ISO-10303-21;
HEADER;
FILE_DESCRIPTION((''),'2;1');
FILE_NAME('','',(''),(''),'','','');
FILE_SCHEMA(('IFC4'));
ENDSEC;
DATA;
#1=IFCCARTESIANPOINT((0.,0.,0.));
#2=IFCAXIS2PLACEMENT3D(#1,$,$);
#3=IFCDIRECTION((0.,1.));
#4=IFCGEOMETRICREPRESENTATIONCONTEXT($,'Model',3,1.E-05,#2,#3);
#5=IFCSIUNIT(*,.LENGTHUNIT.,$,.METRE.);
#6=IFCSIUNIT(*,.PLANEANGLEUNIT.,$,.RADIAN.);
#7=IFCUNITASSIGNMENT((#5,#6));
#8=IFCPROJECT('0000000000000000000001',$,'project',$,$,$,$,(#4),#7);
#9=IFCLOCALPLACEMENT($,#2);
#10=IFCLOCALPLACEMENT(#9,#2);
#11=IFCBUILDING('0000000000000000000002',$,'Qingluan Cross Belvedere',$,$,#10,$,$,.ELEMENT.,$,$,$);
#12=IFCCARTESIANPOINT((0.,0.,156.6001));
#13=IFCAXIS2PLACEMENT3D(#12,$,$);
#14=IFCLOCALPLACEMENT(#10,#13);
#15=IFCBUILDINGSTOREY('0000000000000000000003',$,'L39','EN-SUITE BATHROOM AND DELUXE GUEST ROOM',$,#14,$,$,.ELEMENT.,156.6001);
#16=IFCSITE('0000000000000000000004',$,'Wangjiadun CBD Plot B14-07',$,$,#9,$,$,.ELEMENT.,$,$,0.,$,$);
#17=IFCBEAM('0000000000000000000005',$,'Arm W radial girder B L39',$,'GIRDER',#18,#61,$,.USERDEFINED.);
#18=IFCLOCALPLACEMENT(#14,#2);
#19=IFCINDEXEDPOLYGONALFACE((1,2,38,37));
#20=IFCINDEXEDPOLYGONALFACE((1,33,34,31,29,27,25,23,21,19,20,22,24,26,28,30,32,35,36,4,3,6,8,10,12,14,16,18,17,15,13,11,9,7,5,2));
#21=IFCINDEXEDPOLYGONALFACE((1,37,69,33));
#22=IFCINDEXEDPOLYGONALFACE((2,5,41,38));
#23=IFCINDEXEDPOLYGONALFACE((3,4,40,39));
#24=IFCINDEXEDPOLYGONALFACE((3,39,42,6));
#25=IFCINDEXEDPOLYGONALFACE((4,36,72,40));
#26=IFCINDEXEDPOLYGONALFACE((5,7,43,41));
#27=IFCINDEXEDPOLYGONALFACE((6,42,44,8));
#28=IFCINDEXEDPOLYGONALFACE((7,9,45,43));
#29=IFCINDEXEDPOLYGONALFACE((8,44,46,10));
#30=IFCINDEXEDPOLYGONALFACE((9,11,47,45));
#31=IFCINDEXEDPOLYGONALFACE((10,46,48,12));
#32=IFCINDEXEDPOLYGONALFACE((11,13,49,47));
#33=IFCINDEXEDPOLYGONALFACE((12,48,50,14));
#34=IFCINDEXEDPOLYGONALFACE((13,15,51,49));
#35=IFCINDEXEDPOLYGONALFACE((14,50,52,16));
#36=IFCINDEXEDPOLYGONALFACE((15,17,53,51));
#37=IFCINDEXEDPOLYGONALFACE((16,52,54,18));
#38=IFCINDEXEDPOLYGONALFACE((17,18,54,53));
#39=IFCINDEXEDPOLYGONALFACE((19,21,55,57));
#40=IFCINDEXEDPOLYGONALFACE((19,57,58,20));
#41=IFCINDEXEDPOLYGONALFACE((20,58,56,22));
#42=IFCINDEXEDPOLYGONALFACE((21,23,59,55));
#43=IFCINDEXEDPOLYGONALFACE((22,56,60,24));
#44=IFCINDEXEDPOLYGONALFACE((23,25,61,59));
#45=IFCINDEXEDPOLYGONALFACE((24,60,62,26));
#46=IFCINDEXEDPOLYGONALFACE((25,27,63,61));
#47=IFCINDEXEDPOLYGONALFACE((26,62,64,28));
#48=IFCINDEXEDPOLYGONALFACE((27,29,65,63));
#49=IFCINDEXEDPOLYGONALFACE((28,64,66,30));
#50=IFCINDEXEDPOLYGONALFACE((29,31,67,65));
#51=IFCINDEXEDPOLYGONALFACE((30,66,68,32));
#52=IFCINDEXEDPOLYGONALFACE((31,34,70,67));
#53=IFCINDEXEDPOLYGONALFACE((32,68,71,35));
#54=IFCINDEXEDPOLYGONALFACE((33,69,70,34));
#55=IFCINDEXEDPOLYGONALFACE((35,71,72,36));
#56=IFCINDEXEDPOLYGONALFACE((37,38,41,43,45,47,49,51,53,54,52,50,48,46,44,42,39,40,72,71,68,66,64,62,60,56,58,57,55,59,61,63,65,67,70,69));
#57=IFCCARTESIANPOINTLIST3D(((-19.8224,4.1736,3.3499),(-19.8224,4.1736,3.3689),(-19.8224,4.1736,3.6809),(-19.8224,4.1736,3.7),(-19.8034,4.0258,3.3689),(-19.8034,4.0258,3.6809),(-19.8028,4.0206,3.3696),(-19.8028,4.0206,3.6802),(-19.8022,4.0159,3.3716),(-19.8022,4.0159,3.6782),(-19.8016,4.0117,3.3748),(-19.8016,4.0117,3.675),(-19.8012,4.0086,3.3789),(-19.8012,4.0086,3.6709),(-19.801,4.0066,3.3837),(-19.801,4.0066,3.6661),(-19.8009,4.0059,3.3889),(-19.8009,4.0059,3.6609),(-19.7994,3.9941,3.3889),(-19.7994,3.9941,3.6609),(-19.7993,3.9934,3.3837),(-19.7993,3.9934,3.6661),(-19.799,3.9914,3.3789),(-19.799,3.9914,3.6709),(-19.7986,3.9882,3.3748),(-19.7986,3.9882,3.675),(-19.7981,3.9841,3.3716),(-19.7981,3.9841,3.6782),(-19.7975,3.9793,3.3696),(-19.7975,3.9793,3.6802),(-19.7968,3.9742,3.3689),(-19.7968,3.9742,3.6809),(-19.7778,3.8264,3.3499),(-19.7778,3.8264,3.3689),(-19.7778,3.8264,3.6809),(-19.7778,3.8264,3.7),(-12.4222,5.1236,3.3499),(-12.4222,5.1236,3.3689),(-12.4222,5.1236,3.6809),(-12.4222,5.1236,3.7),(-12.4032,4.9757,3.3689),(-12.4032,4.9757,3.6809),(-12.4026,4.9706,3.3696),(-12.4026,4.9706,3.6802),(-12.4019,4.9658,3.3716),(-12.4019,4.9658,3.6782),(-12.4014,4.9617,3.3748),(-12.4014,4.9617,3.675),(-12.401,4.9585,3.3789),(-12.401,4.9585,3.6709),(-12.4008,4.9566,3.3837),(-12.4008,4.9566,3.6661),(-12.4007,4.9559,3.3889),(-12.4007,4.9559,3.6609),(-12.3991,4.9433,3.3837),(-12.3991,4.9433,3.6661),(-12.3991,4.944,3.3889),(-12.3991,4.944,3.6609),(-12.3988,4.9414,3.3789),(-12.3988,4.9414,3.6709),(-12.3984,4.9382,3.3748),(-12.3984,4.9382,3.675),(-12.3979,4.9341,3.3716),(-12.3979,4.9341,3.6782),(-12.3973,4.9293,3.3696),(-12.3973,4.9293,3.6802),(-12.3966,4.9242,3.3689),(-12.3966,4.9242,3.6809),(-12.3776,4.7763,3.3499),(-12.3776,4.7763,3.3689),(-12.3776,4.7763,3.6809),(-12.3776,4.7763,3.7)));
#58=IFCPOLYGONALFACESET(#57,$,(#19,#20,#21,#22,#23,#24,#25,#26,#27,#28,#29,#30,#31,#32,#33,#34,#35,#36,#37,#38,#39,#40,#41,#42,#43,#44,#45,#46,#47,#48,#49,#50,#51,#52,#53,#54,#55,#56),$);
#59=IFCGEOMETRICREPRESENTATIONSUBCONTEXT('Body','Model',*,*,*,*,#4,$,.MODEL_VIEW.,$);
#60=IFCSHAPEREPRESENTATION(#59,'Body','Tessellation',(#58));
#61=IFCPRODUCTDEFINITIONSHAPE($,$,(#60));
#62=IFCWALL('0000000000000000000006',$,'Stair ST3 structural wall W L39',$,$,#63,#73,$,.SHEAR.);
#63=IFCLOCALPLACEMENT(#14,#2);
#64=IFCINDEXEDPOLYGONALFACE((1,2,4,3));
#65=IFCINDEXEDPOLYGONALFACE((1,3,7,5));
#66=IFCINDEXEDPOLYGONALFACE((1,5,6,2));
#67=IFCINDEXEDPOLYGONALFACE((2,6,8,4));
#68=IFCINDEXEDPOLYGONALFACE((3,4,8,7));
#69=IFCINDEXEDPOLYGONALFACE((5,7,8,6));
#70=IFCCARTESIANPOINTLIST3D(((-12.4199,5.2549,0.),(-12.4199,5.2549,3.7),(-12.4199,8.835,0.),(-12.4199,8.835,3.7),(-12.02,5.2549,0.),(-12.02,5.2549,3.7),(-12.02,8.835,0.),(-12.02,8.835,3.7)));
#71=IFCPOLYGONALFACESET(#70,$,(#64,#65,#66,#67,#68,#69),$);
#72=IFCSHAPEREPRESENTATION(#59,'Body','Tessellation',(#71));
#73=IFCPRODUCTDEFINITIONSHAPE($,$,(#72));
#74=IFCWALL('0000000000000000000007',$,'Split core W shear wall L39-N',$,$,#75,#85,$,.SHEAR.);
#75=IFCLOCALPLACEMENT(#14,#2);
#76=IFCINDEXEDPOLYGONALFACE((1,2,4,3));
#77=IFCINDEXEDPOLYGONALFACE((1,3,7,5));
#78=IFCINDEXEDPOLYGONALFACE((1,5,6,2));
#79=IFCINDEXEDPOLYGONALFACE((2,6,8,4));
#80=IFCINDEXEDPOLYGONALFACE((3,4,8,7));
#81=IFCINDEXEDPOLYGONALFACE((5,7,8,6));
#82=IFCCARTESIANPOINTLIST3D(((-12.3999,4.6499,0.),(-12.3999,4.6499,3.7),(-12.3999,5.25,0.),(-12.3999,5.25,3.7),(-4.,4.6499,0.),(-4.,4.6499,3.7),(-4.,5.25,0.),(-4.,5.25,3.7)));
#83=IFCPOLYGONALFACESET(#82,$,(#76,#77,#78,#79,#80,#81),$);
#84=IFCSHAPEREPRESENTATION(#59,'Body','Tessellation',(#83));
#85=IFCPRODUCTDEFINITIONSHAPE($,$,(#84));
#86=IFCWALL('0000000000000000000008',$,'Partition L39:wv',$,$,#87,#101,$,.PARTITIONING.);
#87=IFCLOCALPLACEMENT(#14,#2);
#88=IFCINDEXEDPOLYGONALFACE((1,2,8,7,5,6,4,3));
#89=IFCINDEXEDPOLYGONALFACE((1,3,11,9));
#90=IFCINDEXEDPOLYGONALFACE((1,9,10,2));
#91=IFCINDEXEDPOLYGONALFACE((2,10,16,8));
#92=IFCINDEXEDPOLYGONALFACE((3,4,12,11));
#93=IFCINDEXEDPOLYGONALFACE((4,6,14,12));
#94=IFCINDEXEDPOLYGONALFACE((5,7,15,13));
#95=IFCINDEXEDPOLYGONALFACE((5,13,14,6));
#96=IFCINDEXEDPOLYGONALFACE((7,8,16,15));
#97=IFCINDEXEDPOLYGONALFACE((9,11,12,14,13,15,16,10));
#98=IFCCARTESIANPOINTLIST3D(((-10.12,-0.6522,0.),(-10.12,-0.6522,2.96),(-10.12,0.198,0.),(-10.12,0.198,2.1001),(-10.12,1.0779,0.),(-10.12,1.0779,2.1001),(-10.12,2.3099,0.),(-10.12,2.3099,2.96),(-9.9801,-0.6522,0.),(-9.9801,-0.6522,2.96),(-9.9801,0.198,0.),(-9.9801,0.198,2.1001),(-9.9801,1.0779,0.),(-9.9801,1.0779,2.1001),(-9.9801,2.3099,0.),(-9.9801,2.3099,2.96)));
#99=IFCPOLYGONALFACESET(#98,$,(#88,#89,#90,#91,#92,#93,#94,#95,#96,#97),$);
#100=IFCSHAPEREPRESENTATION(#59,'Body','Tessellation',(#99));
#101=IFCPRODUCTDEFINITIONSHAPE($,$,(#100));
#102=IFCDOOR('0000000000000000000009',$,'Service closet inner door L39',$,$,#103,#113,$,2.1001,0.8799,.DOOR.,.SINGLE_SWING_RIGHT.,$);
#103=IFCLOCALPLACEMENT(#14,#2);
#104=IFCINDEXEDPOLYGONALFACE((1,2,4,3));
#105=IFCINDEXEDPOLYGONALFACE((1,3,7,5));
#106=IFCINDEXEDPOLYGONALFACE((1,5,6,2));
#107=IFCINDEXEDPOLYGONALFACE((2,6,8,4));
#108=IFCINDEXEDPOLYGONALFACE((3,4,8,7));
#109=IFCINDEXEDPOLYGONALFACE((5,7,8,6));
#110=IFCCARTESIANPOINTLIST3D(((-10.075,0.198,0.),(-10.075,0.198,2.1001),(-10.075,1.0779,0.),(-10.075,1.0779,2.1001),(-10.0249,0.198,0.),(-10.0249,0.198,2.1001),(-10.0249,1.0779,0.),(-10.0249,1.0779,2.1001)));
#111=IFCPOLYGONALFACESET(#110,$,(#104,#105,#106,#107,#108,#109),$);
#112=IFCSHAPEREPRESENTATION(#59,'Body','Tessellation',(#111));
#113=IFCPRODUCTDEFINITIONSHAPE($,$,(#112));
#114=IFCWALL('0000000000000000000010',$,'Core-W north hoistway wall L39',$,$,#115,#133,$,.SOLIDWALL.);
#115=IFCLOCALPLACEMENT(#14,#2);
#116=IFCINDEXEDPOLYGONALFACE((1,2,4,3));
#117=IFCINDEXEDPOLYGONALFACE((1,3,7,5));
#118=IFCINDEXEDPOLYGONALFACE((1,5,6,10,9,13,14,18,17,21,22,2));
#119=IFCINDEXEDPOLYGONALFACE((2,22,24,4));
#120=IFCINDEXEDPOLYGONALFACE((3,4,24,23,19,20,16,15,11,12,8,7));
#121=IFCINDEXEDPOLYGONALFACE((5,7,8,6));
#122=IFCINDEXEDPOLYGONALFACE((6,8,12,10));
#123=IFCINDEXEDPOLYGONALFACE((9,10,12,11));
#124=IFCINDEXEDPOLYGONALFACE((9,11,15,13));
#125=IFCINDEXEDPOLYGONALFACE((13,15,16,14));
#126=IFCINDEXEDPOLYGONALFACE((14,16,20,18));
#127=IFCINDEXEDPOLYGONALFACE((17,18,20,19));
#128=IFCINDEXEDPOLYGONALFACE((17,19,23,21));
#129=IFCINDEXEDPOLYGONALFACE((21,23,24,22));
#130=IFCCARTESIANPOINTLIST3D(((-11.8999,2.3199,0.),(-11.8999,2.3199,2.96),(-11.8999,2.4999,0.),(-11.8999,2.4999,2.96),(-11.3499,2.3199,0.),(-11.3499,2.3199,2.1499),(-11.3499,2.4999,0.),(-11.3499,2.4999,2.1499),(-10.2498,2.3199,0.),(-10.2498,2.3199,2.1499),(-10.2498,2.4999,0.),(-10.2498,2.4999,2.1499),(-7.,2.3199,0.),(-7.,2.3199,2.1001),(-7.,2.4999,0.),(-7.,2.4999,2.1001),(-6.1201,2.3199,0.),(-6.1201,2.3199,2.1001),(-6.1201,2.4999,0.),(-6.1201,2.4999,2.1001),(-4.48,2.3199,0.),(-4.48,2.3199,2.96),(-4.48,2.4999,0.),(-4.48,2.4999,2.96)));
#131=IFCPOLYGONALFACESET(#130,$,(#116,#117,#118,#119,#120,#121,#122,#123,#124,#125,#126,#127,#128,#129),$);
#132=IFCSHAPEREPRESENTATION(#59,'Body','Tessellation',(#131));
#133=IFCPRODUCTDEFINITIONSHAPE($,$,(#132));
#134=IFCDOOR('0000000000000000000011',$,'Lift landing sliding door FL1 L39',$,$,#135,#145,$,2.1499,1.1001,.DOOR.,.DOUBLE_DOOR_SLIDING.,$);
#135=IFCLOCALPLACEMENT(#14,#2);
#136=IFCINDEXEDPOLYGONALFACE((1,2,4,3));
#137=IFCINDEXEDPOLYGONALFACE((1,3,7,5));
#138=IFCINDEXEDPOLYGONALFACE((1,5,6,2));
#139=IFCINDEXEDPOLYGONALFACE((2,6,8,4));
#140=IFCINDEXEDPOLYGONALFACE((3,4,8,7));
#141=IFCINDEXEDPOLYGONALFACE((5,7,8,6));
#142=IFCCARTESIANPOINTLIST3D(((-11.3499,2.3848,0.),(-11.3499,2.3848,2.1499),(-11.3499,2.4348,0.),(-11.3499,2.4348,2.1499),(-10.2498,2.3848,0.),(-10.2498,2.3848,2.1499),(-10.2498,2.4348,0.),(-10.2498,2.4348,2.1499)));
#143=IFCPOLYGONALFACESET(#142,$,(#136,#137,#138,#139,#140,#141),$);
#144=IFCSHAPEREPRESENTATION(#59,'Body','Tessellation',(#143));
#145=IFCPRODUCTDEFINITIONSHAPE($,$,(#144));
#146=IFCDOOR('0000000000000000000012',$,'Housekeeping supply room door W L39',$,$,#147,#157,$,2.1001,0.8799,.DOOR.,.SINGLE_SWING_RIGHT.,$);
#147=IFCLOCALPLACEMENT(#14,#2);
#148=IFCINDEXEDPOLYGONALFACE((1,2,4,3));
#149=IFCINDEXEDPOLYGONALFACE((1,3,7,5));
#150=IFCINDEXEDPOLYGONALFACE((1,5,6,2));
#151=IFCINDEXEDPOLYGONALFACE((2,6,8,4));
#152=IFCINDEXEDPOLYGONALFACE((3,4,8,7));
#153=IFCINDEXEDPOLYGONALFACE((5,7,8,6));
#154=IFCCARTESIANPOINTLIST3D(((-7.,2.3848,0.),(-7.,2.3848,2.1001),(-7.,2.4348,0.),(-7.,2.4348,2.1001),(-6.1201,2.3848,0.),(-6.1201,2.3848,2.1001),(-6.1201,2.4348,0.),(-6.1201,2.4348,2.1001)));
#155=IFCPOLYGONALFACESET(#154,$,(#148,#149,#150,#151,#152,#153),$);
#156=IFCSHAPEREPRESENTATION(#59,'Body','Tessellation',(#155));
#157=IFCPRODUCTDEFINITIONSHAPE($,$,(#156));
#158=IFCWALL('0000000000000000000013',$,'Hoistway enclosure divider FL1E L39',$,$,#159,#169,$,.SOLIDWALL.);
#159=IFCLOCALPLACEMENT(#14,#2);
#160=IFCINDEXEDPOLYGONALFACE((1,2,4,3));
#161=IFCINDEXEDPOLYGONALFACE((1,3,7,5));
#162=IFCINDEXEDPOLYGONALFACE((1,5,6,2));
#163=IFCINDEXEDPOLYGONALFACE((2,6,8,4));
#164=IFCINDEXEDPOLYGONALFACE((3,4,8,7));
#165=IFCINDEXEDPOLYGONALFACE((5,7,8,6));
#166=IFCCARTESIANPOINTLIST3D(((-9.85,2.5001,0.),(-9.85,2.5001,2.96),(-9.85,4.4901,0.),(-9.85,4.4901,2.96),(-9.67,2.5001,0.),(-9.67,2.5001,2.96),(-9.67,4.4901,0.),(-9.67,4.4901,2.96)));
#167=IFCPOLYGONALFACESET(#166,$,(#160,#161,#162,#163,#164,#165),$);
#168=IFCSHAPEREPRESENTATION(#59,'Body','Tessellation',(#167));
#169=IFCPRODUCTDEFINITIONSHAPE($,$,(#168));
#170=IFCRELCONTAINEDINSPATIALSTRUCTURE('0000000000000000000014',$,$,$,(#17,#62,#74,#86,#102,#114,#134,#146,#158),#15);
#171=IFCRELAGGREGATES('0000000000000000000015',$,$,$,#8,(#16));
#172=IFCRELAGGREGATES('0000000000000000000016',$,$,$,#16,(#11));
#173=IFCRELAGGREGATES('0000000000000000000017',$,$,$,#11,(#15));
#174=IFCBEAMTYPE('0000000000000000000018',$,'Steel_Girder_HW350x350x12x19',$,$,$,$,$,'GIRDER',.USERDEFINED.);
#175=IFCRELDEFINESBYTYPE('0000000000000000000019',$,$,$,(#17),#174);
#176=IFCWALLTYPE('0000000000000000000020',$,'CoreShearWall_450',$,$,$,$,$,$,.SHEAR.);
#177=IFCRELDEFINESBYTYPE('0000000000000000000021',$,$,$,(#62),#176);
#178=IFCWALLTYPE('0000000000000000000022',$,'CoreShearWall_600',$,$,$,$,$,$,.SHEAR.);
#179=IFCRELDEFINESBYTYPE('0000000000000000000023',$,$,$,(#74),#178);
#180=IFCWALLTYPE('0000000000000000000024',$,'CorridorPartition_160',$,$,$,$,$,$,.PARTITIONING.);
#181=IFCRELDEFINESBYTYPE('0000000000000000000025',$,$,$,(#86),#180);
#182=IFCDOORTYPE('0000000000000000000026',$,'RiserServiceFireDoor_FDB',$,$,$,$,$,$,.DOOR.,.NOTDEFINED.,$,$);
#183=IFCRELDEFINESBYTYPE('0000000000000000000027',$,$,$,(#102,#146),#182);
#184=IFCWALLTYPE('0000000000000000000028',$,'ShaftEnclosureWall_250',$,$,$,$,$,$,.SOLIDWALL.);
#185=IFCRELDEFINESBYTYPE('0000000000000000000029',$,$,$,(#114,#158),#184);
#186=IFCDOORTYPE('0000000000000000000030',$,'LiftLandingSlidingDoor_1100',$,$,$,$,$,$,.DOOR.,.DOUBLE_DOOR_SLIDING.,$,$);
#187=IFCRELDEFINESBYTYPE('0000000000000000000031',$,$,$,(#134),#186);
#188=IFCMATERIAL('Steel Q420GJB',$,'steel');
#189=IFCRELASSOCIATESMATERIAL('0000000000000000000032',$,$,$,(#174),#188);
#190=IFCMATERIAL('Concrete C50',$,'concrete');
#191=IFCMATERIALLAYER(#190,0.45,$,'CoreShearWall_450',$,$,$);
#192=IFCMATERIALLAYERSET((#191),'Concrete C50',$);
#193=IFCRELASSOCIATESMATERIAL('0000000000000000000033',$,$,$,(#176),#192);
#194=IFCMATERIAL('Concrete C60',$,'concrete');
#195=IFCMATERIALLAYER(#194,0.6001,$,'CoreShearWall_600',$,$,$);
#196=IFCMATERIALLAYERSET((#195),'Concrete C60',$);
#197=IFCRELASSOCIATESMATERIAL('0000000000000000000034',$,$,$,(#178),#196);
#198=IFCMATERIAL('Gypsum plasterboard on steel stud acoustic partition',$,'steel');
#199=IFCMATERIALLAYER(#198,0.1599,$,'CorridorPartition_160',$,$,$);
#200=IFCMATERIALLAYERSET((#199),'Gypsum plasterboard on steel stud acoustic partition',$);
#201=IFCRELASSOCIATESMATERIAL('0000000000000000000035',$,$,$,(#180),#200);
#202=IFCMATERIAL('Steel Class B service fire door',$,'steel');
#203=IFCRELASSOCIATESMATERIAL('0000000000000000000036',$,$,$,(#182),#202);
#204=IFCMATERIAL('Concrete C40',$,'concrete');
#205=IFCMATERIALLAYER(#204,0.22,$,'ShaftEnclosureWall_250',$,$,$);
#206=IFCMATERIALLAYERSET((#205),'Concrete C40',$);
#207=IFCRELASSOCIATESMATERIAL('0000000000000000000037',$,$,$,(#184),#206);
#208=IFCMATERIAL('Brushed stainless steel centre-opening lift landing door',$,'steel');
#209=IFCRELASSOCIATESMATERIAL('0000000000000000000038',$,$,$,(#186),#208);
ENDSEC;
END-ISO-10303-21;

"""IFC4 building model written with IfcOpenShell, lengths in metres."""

from ifc_helpers import new_model, si_unit, direction, frame, frame_2d, origin, origin_2d, place, context, subcontext, project, spatial, rectangle, i_section, extrude, material, layer, layer_set, material_profile, profile_set, type_object, element, fill, save


model = new_model("IFC4")

# Units and contexts
model_context = context("Model", 3, precision=1e-05, world=origin(), true_north=direction((0.0, 1.0)))
body_context = subcontext(model_context, "Body", "Model", "MODEL_VIEW")
ifc_project = project(units=[si_unit("LENGTHUNIT", "METRE"), si_unit("PLANEANGLEUNIT", "RADIAN")], contexts=[model_context])

# Site, building, storey
site_placement = place(None, origin())
site = spatial("IfcSite", under=ifc_project, at=site_placement, Name="Wangjiadun CBD Plot B14-07", CompositionType="ELEMENT", RefElevation=0.0)
building_placement = place(site_placement, origin())
building = spatial("IfcBuilding", under=site, at=building_placement, Name="Qingluan Cross Belvedere", CompositionType="ELEMENT")
storey_placement = place(building_placement, frame((0.0, 0.0, 156.6001)))
storey = spatial("IfcBuildingStorey", under=building, at=storey_placement, Name="L39", Description="EN-SUITE BATHROOM AND DELUXE GUEST ROOM", CompositionType="ELEMENT", Elevation=156.6001)

# Beam
ifc_material_1 = material(Name="Steel Q420GJB", Category="steel")
ifc_material_profile_1 = material_profile(ifc_material_1, i_section(OverallWidth=0.3501, OverallDepth=0.3501, WebThickness=0.012, FlangeThickness=0.019, FilletRadius=0.02, at=origin_2d()), Name="HW350x350x12x19")
ifc_profile_set_1 = profile_set([ifc_material_profile_1], Name="Steel Q420GJB")
beam_type_1 = type_object("IfcBeamType", Name="Steel_Girder_HW350x350x12x19", ElementType="GIRDER", PredefinedType="USERDEFINED", material=ifc_profile_set_1)
beam_1_placement = place(storey_placement, frame((-12.3999, 4.95, 3.5249), z_axis=(-0.991861, -0.127324, 0.0), x_axis=(0.127324, -0.991861, 0.0)))
element("IfcBeam", 1, at=beam_1_placement, inside=storey, type_object=beam_type_1, Name="Arm W radial girder B L39", ObjectType="GIRDER", PredefinedType="USERDEFINED", context=body_context, shape_type="SweptSolid", body=[
    extrude(i_section(OverallWidth=0.3501, OverallDepth=0.3501, WebThickness=0.012, FlangeThickness=0.019, FilletRadius=0.02, at=origin_2d()), origin(), (0.0, 0.0, 1.0), 7.4609),
])

# Wall
ifc_material_2 = material(Name="Concrete C50", Category="concrete")
ifc_layer_1 = layer(ifc_material_2, 0.45, Name="CoreShearWall_450")
ifc_layer_set_1 = layer_set([ifc_layer_1], Name="Concrete C50")
wall_type_1 = type_object("IfcWallType", Name="CoreShearWall_450", PredefinedType="SHEAR", material=ifc_layer_set_1)
wall_1_placement = place(storey_placement, frame((-12.22, 5.2549, 0.0), z_axis=(0.0, 0.0, 1.0), x_axis=(0.0, 1.0, 0.0)))
element("IfcWall", 2, at=wall_1_placement, inside=storey, type_object=wall_type_1, Name="Stair ST3 structural wall W L39", PredefinedType="SHEAR", context=body_context, shape_type="SweptSolid", body=[
    extrude(rectangle(XDim=3.5801, YDim=0.3999, at=frame_2d((1.79, 0.0))), origin(), (0.0, 0.0, 1.0), 3.7),
])

# Wall
ifc_material_3 = material(Name="Concrete C60", Category="concrete")
ifc_layer_2 = layer(ifc_material_3, 0.6001, Name="CoreShearWall_600")
ifc_layer_set_2 = layer_set([ifc_layer_2], Name="Concrete C60")
wall_type_2 = type_object("IfcWallType", Name="CoreShearWall_600", PredefinedType="SHEAR", material=ifc_layer_set_2)
wall_2_placement = place(storey_placement, frame((-12.3999, 4.95, 0.0), z_axis=(0.0, 0.0, 1.0), x_axis=(1.0, 0.0, 0.0)))
element("IfcWall", 3, at=wall_2_placement, inside=storey, type_object=wall_type_2, Name="Split core W shear wall L39-N", PredefinedType="SHEAR", context=body_context, shape_type="SweptSolid", body=[
    extrude(rectangle(XDim=8.3999, YDim=0.6001, at=frame_2d((4.2, 0.0))), origin(), (0.0, 0.0, 1.0), 3.7),
])

# Wall, opening, door
ifc_material_4 = material(Name="Gypsum plasterboard on steel stud acoustic partition", Category="steel")
ifc_layer_3 = layer(ifc_material_4, 0.1599, Name="CorridorPartition_160")
ifc_layer_set_3 = layer_set([ifc_layer_3], Name="Gypsum plasterboard on steel stud acoustic partition")
wall_type_3 = type_object("IfcWallType", Name="CorridorPartition_160", PredefinedType="PARTITIONING", material=ifc_layer_set_3)
wall_3_placement = place(storey_placement, frame((-10.05, -0.6521, 0.0), z_axis=(0.0, 0.0, 1.0), x_axis=(0.0, 1.0, 0.0)))
wall_3 = element("IfcWall", 4, at=wall_3_placement, inside=storey, type_object=wall_type_3, Name="Partition L39:wv", PredefinedType="PARTITIONING", context=body_context, shape_type="SweptSolid", body=[
    extrude(rectangle(XDim=2.9622, YDim=0.1399, at=frame_2d((1.481, 0.0))), origin(), (0.0, 0.0, 1.0), 2.96),
])
opening_1_placement = place(wall_3_placement, frame((0.8501, 0.0, 0.0)))
opening_1 = element("IfcOpeningElement", 5, at=opening_1_placement, cuts=wall_3, PredefinedType="OPENING", context=body_context, shape_type="SweptSolid", body=[
    extrude(rectangle(XDim=0.8799, YDim=2.1001, at=frame_2d((0.4399, 1.05))), frame((0.0, 0.0798, 0.0), z_axis=(0.0, -1.0, 0.0), x_axis=(1.0, 0.0, 0.0)), (0.0, 0.0, 1.0), 0.1599),
])
ifc_material_5 = material(Name="Steel Class B service fire door", Category="steel")
door_type_1 = type_object("IfcDoorType", Name="RiserServiceFireDoor_FDB", OperationType="NOTDEFINED", PredefinedType="DOOR", material=ifc_material_5)
door_1_placement = place(opening_1_placement, origin())
door_1 = element("IfcDoor", 6, at=door_1_placement, inside=storey, type_object=door_type_1, Name="Service closet inner door L39", OperationType="SINGLE_SWING_RIGHT", OverallHeight=2.1001, OverallWidth=0.8799, PredefinedType="DOOR", context=body_context, shape_type="SweptSolid", body=[
    extrude(rectangle(XDim=0.8799, YDim=2.1001, at=frame_2d((0.4399, 1.05))), frame((0.0, 0.0249, 0.0), z_axis=(0.0, -1.0, 0.0), x_axis=(1.0, 0.0, 0.0)), (0.0, 0.0, 1.0), 0.05),
])
fill(opening_1, door_1)

# Wall, openings, doors
ifc_material_6 = material(Name="Concrete C40", Category="concrete")
ifc_layer_4 = layer(ifc_material_6, 0.22, Name="ShaftEnclosureWall_250")
ifc_layer_set_4 = layer_set([ifc_layer_4], Name="Concrete C40")
wall_type_4 = type_object("IfcWallType", Name="ShaftEnclosureWall_250", PredefinedType="SOLIDWALL", material=ifc_layer_set_4)
wall_4_placement = place(storey_placement, frame((-11.8999, 2.4099, 0.0), z_axis=(0.0, 0.0, 1.0), x_axis=(1.0, 0.0, 0.0)))
wall_4 = element("IfcWall", 7, at=wall_4_placement, inside=storey, type_object=wall_type_4, Name="Core-W north hoistway wall L39", PredefinedType="SOLIDWALL", context=body_context, shape_type="SweptSolid", body=[
    extrude(rectangle(XDim=7.4199, YDim=0.1799, at=frame_2d((3.71, 0.0))), origin(), (0.0, 0.0, 1.0), 2.96),
])
opening_2_placement = place(wall_4_placement, frame((0.55, 0.0, 0.0)))
opening_2 = element("IfcOpeningElement", 8, at=opening_2_placement, cuts=wall_4, PredefinedType="OPENING", context=body_context, shape_type="SweptSolid", body=[
    extrude(rectangle(XDim=1.1001, YDim=2.1499, at=frame_2d((0.55, 1.075))), frame((0.0, 0.0999, 0.0), z_axis=(0.0, -1.0, 0.0), x_axis=(1.0, 0.0, 0.0)), (0.0, 0.0, 1.0), 0.2),
])
opening_3_placement = place(wall_4_placement, frame((4.8999, 0.0, 0.0)))
opening_3 = element("IfcOpeningElement", 9, at=opening_3_placement, cuts=wall_4, PredefinedType="OPENING", context=body_context, shape_type="SweptSolid", body=[
    extrude(rectangle(XDim=0.8799, YDim=2.1001, at=frame_2d((0.4399, 1.05))), frame((0.0, 0.0999, 0.0), z_axis=(0.0, -1.0, 0.0), x_axis=(1.0, 0.0, 0.0)), (0.0, 0.0, 1.0), 0.2),
])
ifc_material_7 = material(Name="Brushed stainless steel centre-opening lift landing door", Category="steel")
door_type_2 = type_object("IfcDoorType", Name="LiftLandingSlidingDoor_1100", OperationType="DOUBLE_DOOR_SLIDING", PredefinedType="DOOR", material=ifc_material_7)
door_2_placement = place(opening_2_placement, origin())
door_2 = element("IfcDoor", 10, at=door_2_placement, inside=storey, type_object=door_type_2, Name="Lift landing sliding door FL1 L39", OperationType="DOUBLE_DOOR_SLIDING", OverallHeight=2.1499, OverallWidth=1.1001, PredefinedType="DOOR", context=body_context, shape_type="SweptSolid", body=[
    extrude(rectangle(XDim=1.1001, YDim=2.1499, at=frame_2d((0.55, 1.075))), frame((0.0, 0.0249, 0.0), z_axis=(0.0, -1.0, 0.0), x_axis=(1.0, 0.0, 0.0)), (0.0, 0.0, 1.0), 0.05),
])
fill(opening_2, door_2)
door_3_placement = place(opening_3_placement, origin())
door_3 = element("IfcDoor", 11, at=door_3_placement, inside=storey, type_object=door_type_1, Name="Housekeeping supply room door W L39", OperationType="SINGLE_SWING_RIGHT", OverallHeight=2.1001, OverallWidth=0.8799, PredefinedType="DOOR", context=body_context, shape_type="SweptSolid", body=[
    extrude(rectangle(XDim=0.8799, YDim=2.1001, at=frame_2d((0.4399, 1.05))), frame((0.0, 0.0249, 0.0), z_axis=(0.0, -1.0, 0.0), x_axis=(1.0, 0.0, 0.0)), (0.0, 0.0, 1.0), 0.05),
])
fill(opening_3, door_3)

# Wall
wall_5_placement = place(storey_placement, frame((-9.76, 2.5, 0.0), z_axis=(0.0, 0.0, 1.0), x_axis=(0.0, 1.0, 0.0)))
element("IfcWall", 12, at=wall_5_placement, inside=storey, type_object=wall_type_4, Name="Hoistway enclosure divider FL1E L39", PredefinedType="SOLIDWALL", context=body_context, shape_type="SweptSolid", body=[
    extrude(rectangle(XDim=1.99, YDim=0.1799, at=frame_2d((0.9951, 0.0))), origin(), (0.0, 0.0, 1.0), 2.96),
])

save(model, "model.ifc")
